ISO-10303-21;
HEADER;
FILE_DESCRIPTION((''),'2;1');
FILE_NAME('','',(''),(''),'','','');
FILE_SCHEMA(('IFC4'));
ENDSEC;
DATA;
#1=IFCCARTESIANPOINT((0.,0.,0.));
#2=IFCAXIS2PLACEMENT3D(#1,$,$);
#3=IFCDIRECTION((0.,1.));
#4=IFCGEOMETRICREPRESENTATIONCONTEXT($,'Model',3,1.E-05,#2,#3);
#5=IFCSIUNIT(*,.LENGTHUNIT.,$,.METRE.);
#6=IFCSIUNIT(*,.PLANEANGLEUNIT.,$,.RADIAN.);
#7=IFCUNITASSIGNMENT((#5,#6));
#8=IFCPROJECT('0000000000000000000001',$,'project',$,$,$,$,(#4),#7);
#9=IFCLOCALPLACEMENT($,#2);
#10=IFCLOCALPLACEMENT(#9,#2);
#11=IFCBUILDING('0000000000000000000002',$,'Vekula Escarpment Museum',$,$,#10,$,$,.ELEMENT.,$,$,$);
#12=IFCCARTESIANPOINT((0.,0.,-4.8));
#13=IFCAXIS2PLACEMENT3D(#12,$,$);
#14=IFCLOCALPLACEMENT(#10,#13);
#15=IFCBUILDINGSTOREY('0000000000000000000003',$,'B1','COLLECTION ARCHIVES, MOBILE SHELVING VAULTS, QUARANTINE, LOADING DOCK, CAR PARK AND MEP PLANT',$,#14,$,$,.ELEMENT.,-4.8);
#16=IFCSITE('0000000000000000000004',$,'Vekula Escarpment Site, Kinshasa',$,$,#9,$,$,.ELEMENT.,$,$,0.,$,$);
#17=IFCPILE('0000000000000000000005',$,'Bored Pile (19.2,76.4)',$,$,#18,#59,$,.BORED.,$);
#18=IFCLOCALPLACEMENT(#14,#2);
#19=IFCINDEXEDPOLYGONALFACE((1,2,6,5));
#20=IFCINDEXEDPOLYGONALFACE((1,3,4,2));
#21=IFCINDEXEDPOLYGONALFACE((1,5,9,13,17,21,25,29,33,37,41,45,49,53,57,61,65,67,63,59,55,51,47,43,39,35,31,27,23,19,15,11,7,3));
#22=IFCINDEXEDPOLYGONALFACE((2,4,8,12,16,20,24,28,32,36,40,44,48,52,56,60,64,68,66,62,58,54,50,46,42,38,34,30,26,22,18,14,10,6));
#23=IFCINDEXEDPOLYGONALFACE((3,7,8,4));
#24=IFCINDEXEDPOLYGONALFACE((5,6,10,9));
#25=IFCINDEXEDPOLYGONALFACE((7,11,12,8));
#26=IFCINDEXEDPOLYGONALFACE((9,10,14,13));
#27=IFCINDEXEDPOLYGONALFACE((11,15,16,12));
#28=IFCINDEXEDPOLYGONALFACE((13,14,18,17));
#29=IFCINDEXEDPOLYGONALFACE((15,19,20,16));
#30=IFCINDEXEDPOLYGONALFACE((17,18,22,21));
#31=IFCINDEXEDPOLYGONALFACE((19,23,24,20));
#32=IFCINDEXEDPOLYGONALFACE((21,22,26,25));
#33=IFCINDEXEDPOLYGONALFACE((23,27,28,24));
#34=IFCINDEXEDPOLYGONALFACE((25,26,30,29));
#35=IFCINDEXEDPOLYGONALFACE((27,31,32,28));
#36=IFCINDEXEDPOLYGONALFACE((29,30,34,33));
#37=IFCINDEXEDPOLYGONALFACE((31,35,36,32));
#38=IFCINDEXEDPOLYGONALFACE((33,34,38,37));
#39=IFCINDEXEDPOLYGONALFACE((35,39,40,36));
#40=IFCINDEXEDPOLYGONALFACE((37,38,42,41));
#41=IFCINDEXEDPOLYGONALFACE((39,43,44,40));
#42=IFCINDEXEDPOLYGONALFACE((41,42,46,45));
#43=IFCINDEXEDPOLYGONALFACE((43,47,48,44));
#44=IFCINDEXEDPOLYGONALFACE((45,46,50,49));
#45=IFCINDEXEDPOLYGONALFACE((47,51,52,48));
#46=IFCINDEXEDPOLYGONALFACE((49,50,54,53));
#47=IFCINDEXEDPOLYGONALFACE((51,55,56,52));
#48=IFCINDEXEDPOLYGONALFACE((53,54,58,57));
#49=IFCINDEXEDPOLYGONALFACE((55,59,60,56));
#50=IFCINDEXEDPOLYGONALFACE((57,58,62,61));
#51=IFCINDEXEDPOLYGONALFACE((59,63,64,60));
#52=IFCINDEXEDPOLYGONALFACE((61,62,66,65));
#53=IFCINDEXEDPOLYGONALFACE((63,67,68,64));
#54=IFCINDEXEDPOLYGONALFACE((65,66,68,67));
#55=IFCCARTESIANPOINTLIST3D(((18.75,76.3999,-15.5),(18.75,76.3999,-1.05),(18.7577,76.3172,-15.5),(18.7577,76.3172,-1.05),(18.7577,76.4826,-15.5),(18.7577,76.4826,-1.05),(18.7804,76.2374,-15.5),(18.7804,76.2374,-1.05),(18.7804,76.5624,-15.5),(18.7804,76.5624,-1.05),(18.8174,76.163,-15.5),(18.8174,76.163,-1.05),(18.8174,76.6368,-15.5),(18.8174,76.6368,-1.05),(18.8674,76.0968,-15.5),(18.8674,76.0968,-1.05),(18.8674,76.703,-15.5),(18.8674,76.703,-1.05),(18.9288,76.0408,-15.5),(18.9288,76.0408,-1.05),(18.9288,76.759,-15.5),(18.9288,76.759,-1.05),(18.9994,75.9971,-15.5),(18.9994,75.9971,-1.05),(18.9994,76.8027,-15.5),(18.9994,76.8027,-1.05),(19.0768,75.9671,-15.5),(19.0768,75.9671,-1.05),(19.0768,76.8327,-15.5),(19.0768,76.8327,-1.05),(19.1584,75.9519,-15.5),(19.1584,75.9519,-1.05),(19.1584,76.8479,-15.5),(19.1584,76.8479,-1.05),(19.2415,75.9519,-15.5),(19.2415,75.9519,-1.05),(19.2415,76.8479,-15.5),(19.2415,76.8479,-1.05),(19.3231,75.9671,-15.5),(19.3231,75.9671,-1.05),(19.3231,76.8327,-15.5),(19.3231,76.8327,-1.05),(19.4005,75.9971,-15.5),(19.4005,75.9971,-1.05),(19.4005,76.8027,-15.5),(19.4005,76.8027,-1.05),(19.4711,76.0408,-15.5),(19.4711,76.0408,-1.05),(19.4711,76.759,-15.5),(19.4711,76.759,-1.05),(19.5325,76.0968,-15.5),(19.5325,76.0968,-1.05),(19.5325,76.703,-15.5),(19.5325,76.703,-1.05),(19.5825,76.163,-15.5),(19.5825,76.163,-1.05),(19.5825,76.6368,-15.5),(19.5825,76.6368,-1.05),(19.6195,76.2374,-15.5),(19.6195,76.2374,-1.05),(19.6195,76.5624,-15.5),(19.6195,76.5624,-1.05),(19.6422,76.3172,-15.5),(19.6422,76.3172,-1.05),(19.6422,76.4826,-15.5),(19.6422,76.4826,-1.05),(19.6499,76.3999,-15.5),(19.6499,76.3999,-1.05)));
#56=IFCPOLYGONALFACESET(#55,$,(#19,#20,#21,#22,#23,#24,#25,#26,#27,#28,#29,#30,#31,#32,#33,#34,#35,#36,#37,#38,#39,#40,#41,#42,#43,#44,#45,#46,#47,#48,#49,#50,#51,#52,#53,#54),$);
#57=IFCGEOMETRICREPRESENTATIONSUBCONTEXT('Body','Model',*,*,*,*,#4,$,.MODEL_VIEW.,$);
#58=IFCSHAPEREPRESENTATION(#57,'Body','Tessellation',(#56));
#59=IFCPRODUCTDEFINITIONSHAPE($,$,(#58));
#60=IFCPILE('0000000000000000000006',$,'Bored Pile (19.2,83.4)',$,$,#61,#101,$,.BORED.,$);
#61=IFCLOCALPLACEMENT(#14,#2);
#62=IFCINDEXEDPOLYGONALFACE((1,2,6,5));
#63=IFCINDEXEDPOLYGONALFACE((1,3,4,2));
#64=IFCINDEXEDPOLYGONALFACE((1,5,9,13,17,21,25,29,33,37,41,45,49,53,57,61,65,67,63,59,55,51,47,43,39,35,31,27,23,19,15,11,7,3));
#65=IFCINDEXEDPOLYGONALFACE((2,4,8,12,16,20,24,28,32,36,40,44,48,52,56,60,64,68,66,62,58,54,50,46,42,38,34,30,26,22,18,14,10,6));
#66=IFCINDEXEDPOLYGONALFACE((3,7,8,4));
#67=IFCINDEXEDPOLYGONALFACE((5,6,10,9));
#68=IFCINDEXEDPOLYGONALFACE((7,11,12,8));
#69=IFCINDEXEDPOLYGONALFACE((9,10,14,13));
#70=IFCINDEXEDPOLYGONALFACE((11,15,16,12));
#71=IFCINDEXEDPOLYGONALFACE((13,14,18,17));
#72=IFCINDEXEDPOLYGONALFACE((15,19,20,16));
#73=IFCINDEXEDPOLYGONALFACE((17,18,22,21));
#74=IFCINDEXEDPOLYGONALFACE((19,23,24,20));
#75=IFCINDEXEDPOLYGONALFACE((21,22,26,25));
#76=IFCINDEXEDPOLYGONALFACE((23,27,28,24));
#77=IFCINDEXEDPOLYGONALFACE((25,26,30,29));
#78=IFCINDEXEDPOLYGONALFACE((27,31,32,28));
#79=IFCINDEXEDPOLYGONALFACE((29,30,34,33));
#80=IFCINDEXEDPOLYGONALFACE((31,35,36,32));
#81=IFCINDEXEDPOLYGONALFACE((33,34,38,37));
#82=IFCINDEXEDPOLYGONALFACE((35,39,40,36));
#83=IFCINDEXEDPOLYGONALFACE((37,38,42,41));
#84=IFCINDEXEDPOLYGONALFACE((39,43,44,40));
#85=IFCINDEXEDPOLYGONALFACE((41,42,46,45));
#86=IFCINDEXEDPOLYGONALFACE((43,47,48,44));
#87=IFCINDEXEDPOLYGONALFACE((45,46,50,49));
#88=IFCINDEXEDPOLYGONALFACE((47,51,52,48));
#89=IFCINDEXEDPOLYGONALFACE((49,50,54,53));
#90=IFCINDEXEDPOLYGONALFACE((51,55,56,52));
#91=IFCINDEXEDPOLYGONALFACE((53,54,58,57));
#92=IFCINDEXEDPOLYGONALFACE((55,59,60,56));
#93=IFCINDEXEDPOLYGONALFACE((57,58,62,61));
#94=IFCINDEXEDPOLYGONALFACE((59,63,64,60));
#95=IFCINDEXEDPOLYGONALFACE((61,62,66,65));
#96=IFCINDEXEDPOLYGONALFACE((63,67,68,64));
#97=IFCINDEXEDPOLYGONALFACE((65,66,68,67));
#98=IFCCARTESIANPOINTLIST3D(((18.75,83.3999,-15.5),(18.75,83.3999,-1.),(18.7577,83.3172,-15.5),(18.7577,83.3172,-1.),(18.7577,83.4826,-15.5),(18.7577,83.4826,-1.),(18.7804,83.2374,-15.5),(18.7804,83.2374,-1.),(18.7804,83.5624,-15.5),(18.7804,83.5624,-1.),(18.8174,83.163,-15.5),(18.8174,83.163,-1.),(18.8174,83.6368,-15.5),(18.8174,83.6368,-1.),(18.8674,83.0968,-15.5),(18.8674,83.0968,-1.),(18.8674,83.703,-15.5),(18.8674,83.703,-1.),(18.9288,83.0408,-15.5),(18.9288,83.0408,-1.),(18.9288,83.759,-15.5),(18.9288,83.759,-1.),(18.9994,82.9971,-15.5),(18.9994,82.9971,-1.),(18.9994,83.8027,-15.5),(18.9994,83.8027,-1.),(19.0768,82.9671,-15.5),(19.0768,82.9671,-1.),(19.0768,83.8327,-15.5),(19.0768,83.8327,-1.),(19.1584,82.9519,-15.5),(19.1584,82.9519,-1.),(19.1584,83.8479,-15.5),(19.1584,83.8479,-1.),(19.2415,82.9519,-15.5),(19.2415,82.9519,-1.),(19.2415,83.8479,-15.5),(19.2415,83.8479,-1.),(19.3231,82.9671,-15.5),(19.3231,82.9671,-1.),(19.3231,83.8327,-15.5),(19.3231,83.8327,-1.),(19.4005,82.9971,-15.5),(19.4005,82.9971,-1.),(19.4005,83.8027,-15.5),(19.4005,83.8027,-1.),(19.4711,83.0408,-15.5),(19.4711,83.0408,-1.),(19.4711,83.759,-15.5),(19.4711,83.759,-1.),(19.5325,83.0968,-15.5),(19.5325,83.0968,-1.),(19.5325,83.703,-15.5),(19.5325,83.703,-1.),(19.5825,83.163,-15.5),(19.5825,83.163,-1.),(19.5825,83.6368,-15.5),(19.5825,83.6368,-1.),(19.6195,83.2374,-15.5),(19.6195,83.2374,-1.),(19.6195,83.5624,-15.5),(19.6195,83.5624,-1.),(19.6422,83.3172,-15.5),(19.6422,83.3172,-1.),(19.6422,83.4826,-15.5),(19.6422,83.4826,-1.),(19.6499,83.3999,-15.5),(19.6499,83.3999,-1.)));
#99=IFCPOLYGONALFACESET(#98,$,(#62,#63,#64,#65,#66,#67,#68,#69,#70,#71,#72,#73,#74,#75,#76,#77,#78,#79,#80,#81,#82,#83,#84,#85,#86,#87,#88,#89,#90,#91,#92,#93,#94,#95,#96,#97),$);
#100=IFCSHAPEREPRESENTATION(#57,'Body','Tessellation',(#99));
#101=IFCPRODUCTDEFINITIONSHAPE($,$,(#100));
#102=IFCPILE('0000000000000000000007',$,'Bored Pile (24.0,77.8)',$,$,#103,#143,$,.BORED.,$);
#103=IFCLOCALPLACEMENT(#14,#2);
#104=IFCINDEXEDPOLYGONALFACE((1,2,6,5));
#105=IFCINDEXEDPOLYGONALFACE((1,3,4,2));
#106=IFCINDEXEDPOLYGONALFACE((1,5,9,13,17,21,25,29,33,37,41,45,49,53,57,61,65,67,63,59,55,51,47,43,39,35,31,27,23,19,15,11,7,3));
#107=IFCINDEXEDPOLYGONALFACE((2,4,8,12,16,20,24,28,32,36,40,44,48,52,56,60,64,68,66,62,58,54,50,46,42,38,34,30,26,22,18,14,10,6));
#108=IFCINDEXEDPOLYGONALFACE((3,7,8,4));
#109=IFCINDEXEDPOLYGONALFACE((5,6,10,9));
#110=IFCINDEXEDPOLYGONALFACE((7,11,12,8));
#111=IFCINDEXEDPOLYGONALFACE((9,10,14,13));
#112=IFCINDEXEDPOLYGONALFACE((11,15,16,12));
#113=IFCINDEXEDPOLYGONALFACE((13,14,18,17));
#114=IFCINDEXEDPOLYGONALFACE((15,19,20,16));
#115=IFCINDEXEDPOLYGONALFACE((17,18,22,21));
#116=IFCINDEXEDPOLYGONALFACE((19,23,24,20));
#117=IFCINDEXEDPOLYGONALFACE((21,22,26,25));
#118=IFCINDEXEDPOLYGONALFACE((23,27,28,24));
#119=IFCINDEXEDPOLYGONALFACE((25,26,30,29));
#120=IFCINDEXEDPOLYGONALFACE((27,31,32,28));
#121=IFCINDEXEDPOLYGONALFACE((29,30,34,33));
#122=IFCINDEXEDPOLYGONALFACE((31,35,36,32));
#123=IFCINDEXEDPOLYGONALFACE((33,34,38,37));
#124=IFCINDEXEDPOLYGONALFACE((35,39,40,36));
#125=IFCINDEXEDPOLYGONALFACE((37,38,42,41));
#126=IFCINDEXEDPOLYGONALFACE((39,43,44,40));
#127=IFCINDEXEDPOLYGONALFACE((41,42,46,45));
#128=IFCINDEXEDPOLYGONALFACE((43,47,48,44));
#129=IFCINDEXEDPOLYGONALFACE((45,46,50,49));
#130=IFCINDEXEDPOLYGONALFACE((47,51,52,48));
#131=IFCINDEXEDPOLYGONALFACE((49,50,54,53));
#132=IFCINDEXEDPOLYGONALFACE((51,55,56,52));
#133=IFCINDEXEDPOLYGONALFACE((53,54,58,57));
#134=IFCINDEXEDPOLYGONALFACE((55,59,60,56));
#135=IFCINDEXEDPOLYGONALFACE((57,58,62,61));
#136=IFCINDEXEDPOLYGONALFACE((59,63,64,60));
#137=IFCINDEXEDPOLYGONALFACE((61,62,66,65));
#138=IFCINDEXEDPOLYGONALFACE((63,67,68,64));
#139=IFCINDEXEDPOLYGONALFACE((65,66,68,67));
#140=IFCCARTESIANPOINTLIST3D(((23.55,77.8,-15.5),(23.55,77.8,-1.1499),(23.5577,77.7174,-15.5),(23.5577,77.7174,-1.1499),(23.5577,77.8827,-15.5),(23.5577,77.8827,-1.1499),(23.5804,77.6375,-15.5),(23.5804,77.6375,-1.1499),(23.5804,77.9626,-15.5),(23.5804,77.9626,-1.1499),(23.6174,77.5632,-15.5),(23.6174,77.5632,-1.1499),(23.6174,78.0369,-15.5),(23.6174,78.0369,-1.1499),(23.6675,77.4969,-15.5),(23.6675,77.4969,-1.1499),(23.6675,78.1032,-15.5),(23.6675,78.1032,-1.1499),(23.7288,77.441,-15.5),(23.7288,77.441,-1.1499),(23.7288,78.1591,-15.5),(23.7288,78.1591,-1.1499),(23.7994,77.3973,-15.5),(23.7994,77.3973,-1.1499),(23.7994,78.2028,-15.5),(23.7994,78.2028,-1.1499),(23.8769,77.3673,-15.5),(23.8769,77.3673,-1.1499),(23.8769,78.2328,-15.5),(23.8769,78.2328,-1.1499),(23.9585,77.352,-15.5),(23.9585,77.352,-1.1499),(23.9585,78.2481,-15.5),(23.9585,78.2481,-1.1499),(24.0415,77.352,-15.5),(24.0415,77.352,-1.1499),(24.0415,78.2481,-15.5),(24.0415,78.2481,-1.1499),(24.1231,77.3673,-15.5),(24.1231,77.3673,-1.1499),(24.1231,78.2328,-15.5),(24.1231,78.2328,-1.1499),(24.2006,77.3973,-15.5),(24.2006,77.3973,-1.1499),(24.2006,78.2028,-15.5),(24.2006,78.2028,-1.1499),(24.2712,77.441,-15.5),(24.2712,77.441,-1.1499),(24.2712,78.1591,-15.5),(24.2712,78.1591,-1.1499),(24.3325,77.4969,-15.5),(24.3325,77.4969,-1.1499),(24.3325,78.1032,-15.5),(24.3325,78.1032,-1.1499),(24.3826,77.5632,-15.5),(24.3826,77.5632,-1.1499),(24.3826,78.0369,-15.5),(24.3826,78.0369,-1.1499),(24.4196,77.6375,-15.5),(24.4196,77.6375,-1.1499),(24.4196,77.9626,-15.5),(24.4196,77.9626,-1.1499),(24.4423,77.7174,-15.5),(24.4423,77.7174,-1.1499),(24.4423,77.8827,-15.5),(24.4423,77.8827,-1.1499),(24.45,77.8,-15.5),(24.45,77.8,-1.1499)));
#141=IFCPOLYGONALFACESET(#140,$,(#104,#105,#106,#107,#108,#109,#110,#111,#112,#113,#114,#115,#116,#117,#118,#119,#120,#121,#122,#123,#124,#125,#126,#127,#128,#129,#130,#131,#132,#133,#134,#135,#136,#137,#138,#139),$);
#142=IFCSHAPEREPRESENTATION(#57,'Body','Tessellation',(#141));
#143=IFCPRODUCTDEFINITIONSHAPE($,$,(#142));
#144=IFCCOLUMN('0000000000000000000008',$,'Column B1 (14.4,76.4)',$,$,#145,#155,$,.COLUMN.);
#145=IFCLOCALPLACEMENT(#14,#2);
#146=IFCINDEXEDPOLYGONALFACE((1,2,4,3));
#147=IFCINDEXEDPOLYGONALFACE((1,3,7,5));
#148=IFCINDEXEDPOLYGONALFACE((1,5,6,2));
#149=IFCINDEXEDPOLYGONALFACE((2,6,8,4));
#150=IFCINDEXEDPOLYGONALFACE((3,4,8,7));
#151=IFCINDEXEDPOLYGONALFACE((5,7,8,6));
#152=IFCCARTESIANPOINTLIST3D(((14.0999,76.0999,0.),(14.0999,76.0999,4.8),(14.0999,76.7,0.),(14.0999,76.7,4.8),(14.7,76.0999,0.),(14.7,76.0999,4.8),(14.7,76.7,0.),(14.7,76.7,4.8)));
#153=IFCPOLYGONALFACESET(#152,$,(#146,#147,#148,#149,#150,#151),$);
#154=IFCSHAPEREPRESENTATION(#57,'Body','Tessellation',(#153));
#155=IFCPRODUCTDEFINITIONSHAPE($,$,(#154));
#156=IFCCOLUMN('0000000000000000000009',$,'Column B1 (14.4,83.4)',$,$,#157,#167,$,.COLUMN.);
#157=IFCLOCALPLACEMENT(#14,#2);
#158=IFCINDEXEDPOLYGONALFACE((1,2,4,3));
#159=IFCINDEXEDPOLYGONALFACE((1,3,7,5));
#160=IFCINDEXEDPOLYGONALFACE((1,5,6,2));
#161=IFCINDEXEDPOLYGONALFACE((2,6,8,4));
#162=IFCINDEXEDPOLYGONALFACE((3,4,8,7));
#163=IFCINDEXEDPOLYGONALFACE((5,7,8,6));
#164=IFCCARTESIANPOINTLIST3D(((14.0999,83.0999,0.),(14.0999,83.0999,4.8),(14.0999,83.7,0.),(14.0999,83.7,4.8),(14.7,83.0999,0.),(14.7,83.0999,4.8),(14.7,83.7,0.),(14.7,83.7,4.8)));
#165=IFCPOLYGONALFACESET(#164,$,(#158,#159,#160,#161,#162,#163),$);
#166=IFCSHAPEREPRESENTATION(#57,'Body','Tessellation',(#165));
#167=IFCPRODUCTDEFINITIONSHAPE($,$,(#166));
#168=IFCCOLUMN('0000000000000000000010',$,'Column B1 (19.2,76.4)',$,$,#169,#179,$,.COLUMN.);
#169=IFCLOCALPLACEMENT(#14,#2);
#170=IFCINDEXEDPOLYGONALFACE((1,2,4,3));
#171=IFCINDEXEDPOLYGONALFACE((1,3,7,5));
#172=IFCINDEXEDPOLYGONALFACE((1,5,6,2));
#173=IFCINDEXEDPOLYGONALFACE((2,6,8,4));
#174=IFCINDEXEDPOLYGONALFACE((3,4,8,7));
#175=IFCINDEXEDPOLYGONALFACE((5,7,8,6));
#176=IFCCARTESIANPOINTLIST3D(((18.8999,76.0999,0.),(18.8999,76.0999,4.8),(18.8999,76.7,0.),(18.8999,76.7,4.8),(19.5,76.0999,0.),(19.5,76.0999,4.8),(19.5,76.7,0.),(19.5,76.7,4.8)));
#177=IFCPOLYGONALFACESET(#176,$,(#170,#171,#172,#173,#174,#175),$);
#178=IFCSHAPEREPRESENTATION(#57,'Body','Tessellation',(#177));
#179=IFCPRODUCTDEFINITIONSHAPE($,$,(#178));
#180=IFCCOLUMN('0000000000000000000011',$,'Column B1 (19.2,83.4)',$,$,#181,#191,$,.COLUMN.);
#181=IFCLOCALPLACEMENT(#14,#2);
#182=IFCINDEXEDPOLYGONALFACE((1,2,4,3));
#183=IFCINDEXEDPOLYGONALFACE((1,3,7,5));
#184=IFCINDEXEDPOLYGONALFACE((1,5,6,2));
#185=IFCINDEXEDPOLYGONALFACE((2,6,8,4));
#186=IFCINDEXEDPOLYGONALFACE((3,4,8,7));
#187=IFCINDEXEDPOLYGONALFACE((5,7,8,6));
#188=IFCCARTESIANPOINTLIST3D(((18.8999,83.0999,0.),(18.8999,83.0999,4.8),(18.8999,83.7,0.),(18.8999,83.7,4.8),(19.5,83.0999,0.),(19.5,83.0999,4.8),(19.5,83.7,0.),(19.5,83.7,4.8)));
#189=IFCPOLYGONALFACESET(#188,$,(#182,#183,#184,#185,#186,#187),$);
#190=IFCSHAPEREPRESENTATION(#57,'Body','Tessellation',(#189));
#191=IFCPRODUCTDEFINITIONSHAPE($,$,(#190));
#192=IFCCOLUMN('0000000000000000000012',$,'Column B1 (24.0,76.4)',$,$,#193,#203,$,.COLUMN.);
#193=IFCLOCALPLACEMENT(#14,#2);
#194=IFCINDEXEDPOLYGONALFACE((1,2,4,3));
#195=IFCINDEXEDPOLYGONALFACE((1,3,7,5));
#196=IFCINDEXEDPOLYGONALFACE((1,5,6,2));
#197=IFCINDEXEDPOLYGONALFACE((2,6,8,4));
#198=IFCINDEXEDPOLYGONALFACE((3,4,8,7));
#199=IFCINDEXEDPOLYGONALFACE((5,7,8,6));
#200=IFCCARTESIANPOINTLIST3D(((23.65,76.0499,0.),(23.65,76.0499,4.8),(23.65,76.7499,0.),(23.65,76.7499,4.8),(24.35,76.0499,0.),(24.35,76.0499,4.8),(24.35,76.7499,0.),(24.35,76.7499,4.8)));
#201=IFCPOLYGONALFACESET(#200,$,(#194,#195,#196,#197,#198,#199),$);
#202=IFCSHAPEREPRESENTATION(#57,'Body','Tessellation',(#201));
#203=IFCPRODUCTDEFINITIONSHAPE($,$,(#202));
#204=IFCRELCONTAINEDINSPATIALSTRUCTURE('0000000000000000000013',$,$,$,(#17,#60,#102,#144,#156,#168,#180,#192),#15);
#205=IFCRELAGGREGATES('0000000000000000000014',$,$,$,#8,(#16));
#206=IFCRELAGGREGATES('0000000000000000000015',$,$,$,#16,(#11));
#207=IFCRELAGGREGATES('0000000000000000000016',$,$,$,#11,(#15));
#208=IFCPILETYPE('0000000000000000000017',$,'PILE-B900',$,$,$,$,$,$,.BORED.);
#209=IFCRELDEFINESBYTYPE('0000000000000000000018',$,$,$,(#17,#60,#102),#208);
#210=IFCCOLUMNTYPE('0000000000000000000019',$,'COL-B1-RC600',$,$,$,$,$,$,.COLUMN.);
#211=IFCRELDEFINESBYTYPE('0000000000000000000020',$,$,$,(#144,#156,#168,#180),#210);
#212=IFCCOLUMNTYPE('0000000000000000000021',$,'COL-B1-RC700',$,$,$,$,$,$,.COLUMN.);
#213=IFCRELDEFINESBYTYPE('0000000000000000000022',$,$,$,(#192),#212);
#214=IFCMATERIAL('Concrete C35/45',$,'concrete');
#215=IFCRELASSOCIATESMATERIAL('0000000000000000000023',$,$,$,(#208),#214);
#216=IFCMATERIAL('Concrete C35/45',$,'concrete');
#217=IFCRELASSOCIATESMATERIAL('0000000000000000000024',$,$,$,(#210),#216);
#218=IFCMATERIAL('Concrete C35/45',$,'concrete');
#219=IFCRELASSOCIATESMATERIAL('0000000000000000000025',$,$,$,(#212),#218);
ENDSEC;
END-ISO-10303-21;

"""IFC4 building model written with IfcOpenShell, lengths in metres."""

from ifc_helpers import new_model, si_unit, direction, frame, origin, origin_2d, place, context, subcontext, project, spatial, rectangle, circle, extrude, material, material_profile, profile_set, type_object, element, save


model = new_model("IFC4")

# Units and contexts
model_context = context("Model", 3, precision=1e-05, world=origin(), true_north=direction((0.0, 1.0)))
body_context = subcontext(model_context, "Body", "Model", "MODEL_VIEW")
ifc_project = project(units=[si_unit("LENGTHUNIT", "METRE"), si_unit("PLANEANGLEUNIT", "RADIAN")], contexts=[model_context])

# Site, building, storey
site_placement = place(None, origin())
site = spatial("IfcSite", under=ifc_project, at=site_placement, Name="Vekula Escarpment Site, Kinshasa", CompositionType="ELEMENT", RefElevation=0.0)
building_placement = place(site_placement, origin())
building = spatial("IfcBuilding", under=site, at=building_placement, Name="Vekula Escarpment Museum", CompositionType="ELEMENT")
storey_placement = place(building_placement, frame((0.0, 0.0, -4.8)))
storey = spatial("IfcBuildingStorey", under=building, at=storey_placement, Name="B1", Description="COLLECTION ARCHIVES, MOBILE SHELVING VAULTS, QUARANTINE, LOADING DOCK, CAR PARK AND MEP PLANT", CompositionType="ELEMENT", Elevation=-4.8)

# Piles
ifc_material_1 = material(Name="Concrete C35/45", Category="concrete")
ifc_material_profile_1 = material_profile(ifc_material_1, circle(Radius=0.45, at=origin_2d()), Name="BORED PILE 900")
ifc_profile_set_1 = profile_set([ifc_material_profile_1], Name="Concrete C35/45")
pile_type = type_object("IfcPileType", Name="PILE-B900", PredefinedType="BORED", material=ifc_profile_set_1)
for number, where, z_axis, x_axis, name in (
    (1, (19.2, 76.3999, -1.05), (0.0, 0.0, -1.0), (1.0, 0.0, 0.0), "Bored Pile (19.2,76.4)"),
):
    element("IfcPile", number, at=place(storey_placement, frame(where, z_axis=z_axis, x_axis=x_axis)), inside=storey, type_object=pile_type, Name=name, PredefinedType="BORED", context=body_context, shape_type="SweptSolid", body=[
        extrude(circle(Radius=0.45, at=origin_2d()), origin(), (0.0, 0.0, 1.0), 14.45),
    ])
pile_1_placement = place(storey_placement, frame((19.2, 83.3999, -1.0), z_axis=(0.0, 0.0, -1.0), x_axis=(1.0, 0.0, 0.0)))
element("IfcPile", 2, at=pile_1_placement, inside=storey, type_object=pile_type, Name="Bored Pile (19.2,83.4)", PredefinedType="BORED", context=body_context, shape_type="SweptSolid", body=[
    extrude(circle(Radius=0.45, at=origin_2d()), origin(), (0.0, 0.0, 1.0), 14.5),
])
pile_2_placement = place(storey_placement, frame((24.0, 77.8, -1.1499), z_axis=(0.0, 0.0, -1.0), x_axis=(1.0, 0.0, 0.0)))
element("IfcPile", 3, at=pile_2_placement, inside=storey, type_object=pile_type, Name="Bored Pile (24.0,77.8)", PredefinedType="BORED", context=body_context, shape_type="SweptSolid", body=[
    extrude(circle(Radius=0.45, at=origin_2d()), origin(), (0.0, 0.0, 1.0), 14.3501),
])

# Columns
ifc_material_2 = material(Name="Concrete C35/45", Category="concrete")
ifc_material_profile_2 = material_profile(ifc_material_2, rectangle(XDim=0.6001, YDim=0.6001, at=origin_2d()), Name="RC 600x600")
ifc_profile_set_2 = profile_set([ifc_material_profile_2], Name="Concrete C35/45")
column_type_1 = type_object("IfcColumnType", Name="COL-B1-RC600", PredefinedType="COLUMN", material=ifc_profile_set_2)
for number, where, z_axis, x_axis, name in (
    (4, (14.3999, 76.3999, 0.0), (0.0, 0.0, 1.0), (1.0, 0.0, 0.0), "Column B1 (14.4,76.4)"),
    (5, (14.3999, 83.3999, 0.0), (0.0, 0.0, 1.0), (1.0, 0.0, 0.0), "Column B1 (14.4,83.4)"),
    (6, (19.2, 76.3999, 0.0), (0.0, 0.0, 1.0), (1.0, 0.0, 0.0), "Column B1 (19.2,76.4)"),
    (7, (19.2, 83.3999, 0.0), (0.0, 0.0, 1.0), (1.0, 0.0, 0.0), "Column B1 (19.2,83.4)"),
):
    element("IfcColumn", number, at=place(storey_placement, frame(where, z_axis=z_axis, x_axis=x_axis)), inside=storey, type_object=column_type_1, Name=name, PredefinedType="COLUMN", context=body_context, shape_type="SweptSolid", body=[
        extrude(rectangle(XDim=0.6001, YDim=0.6001, at=origin_2d()), origin(), (0.0, 0.0, 1.0), 4.8),
    ])
ifc_material_3 = material(Name="Concrete C35/45", Category="concrete")
ifc_material_profile_3 = material_profile(ifc_material_3, rectangle(XDim=0.7, YDim=0.7, at=origin_2d()), Name="RC 700x700")
ifc_profile_set_3 = profile_set([ifc_material_profile_3], Name="Concrete C35/45")
column_type_2 = type_object("IfcColumnType", Name="COL-B1-RC700", PredefinedType="COLUMN", material=ifc_profile_set_3)
column_placement = place(storey_placement, frame((24.0, 76.3999, 0.0), z_axis=(0.0, 0.0, 1.0), x_axis=(1.0, 0.0, 0.0)))
element("IfcColumn", 8, at=column_placement, inside=storey, type_object=column_type_2, Name="Column B1 (24.0,76.4)", PredefinedType="COLUMN", context=body_context, shape_type="SweptSolid", body=[
    extrude(rectangle(XDim=0.7, YDim=0.7, at=origin_2d()), origin(), (0.0, 0.0, 1.0), 4.8),
])

save(model, "model.ifc")
